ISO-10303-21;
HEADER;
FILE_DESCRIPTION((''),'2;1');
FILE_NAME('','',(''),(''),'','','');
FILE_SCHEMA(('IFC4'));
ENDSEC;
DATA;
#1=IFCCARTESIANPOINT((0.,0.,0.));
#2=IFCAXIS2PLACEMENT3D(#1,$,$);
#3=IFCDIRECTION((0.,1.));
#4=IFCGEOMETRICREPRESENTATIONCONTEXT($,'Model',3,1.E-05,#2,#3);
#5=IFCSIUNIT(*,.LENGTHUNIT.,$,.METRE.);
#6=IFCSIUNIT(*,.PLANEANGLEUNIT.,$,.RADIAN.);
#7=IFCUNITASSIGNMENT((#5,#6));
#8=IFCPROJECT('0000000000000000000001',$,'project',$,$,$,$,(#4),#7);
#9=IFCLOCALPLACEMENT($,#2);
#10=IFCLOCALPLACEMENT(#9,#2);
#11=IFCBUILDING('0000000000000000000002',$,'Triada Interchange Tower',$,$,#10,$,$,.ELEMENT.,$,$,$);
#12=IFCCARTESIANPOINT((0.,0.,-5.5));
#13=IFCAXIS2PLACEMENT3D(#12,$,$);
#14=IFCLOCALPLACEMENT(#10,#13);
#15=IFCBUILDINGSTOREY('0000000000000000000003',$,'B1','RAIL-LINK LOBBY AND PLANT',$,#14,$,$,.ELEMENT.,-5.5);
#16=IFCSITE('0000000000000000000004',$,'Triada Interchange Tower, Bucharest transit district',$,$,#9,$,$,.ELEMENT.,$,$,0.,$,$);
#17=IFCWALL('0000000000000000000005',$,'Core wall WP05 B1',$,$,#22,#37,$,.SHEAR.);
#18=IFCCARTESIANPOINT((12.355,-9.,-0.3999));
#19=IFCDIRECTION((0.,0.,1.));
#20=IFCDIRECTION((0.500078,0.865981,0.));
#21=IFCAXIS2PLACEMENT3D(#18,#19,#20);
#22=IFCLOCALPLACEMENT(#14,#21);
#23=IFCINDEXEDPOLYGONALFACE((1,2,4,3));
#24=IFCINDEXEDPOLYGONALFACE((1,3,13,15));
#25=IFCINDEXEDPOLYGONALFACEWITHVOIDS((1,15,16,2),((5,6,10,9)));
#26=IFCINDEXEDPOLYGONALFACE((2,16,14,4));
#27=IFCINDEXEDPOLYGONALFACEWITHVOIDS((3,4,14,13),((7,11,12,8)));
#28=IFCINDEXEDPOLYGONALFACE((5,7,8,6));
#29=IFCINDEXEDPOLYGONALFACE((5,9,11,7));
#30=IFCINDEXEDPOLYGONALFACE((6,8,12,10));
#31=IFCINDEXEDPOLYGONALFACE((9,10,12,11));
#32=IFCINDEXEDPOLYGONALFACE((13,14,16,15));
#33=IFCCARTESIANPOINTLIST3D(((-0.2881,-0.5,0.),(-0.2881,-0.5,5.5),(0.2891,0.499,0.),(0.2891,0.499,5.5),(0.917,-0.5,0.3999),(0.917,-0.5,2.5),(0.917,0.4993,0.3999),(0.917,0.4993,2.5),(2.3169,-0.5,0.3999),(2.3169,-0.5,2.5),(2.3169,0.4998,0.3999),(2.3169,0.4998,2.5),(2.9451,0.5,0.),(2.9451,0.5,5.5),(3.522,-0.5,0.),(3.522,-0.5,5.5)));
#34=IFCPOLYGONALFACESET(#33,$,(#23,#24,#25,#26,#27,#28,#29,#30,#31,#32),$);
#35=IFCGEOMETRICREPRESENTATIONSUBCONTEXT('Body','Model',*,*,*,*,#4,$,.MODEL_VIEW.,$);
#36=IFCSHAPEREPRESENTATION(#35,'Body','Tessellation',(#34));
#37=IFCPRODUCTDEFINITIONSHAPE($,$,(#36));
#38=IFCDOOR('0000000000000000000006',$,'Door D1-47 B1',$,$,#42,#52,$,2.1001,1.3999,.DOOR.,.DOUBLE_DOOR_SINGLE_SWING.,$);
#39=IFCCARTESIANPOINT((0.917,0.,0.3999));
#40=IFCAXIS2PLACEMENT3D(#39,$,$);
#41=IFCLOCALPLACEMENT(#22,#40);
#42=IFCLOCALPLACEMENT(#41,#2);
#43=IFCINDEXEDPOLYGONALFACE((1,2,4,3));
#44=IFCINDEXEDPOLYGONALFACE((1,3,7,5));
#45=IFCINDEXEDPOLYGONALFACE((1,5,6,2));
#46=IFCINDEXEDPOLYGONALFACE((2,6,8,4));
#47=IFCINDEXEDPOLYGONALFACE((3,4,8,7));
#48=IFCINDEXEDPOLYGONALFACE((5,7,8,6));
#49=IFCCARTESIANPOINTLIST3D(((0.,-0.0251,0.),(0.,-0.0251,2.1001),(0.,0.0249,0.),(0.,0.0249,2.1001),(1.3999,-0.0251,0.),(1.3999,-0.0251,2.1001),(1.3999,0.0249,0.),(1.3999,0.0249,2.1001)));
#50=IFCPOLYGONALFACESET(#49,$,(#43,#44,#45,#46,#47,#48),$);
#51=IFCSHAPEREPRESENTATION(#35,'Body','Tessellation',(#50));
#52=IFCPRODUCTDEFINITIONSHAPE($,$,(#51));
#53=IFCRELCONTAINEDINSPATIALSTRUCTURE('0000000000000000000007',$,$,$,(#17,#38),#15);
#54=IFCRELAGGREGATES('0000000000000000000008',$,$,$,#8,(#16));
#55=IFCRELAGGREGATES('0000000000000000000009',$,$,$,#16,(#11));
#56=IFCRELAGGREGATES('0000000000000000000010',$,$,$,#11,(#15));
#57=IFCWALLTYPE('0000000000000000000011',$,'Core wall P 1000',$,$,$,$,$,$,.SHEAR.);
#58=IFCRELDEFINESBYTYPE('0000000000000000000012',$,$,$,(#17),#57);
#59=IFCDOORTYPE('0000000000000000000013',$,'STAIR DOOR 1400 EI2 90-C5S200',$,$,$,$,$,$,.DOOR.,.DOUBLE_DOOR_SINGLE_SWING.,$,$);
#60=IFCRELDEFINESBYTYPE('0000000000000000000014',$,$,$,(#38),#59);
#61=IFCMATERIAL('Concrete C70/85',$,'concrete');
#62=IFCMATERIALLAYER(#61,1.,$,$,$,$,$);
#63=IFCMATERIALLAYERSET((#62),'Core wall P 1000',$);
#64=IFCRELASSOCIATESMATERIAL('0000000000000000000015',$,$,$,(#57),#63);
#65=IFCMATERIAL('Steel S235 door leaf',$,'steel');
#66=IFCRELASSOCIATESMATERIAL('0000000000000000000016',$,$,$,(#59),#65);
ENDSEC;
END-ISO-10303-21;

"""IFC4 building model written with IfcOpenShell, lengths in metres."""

from ifc_helpers import new_model, si_unit, direction, frame, frame_2d, origin, place, context, subcontext, project, spatial, polyline, rectangle, outline, extrude, material, layer, layer_set, type_object, element, fill, save


model = new_model("IFC4")

# Units and contexts
model_context = context("Model", 3, precision=1e-05, world=origin(), true_north=direction((0.0, 1.0)))
body_context = subcontext(model_context, "Body", "Model", "MODEL_VIEW")
ifc_project = project(units=[si_unit("LENGTHUNIT", "METRE"), si_unit("PLANEANGLEUNIT", "RADIAN")], contexts=[model_context])

# Site, building, storey
site_placement = place(None, origin())
site = spatial("IfcSite", under=ifc_project, at=site_placement, Name="Triada Interchange Tower, Bucharest transit district", CompositionType="ELEMENT", RefElevation=0.0)
building_placement = place(site_placement, origin())
building = spatial("IfcBuilding", under=site, at=building_placement, Name="Triada Interchange Tower", CompositionType="ELEMENT")
storey_placement = place(building_placement, frame((0.0, 0.0, -5.5)))
storey = spatial("IfcBuildingStorey", under=building, at=storey_placement, Name="B1", Description="RAIL-LINK LOBBY AND PLANT", CompositionType="ELEMENT", Elevation=-5.5)

# Wall, opening, door
ifc_material_1 = material(Name="Concrete C70/85", Category="concrete")
ifc_layer_1 = layer(ifc_material_1, 1.0)
ifc_layer_set_1 = layer_set([ifc_layer_1], Name="Core wall P 1000")
wall_type_1 = type_object("IfcWallType", Name="Core wall P 1000", PredefinedType="SHEAR", material=ifc_layer_set_1)
wall_1_placement = place(storey_placement, frame((12.355, -9.0, -0.3999), z_axis=(0.0, 0.0, 1.0), x_axis=(0.500078, 0.865981, 0.0)))
wall_1 = element("IfcWall", 1, at=wall_1_placement, inside=storey, type_object=wall_type_1, Name="Core wall WP05 B1", PredefinedType="SHEAR", context=body_context, shape_type="SweptSolid", body=[
    extrude(outline(polyline([(-0.2881, -0.5), (1.6169, -0.5), (3.522, -0.5), (2.9451, 0.5), (1.6172, 0.4995), (0.2891, 0.499), (-0.2881, -0.5)])), origin(), (0.0, 0.0, 1.0), 5.5),
])
opening_1_placement = place(wall_1_placement, frame((0.917, 0.0, 0.3999)))
opening_1 = element("IfcOpeningElement", 2, at=opening_1_placement, cuts=wall_1, PredefinedType="OPENING", context=body_context, shape_type="SweptSolid", body=[
    extrude(rectangle(XDim=1.3999, YDim=2.1001, at=frame_2d((0.7, 1.05))), frame((0.0, 0.51, 0.0), z_axis=(0.0, -1.0, 0.0), x_axis=(1.0, 0.0, 0.0)), (0.0, 0.0, 1.0), 1.02),
])
ifc_material_2 = material(Name="Steel S235 door leaf", Category="steel")
door_type_1 = type_object("IfcDoorType", Name="STAIR DOOR 1400 EI2 90-C5S200", OperationType="DOUBLE_DOOR_SINGLE_SWING", PredefinedType="DOOR", material=ifc_material_2)
door_1_placement = place(opening_1_placement, origin())
door_1 = element("IfcDoor", 3, at=door_1_placement, inside=storey, type_object=door_type_1, Name="Door D1-47 B1", OperationType="DOUBLE_DOOR_SINGLE_SWING", OverallHeight=2.1001, OverallWidth=1.3999, PredefinedType="DOOR", context=body_context, shape_type="SweptSolid", body=[
    extrude(rectangle(XDim=1.3999, YDim=2.1001, at=frame_2d((0.7, 1.05))), frame((0.0, 0.0249, 0.0), z_axis=(0.0, -1.0, 0.0), x_axis=(1.0, 0.0, 0.0)), (0.0, 0.0, 1.0), 0.05),
])
fill(opening_1, door_1)

save(model, "model.ifc")
